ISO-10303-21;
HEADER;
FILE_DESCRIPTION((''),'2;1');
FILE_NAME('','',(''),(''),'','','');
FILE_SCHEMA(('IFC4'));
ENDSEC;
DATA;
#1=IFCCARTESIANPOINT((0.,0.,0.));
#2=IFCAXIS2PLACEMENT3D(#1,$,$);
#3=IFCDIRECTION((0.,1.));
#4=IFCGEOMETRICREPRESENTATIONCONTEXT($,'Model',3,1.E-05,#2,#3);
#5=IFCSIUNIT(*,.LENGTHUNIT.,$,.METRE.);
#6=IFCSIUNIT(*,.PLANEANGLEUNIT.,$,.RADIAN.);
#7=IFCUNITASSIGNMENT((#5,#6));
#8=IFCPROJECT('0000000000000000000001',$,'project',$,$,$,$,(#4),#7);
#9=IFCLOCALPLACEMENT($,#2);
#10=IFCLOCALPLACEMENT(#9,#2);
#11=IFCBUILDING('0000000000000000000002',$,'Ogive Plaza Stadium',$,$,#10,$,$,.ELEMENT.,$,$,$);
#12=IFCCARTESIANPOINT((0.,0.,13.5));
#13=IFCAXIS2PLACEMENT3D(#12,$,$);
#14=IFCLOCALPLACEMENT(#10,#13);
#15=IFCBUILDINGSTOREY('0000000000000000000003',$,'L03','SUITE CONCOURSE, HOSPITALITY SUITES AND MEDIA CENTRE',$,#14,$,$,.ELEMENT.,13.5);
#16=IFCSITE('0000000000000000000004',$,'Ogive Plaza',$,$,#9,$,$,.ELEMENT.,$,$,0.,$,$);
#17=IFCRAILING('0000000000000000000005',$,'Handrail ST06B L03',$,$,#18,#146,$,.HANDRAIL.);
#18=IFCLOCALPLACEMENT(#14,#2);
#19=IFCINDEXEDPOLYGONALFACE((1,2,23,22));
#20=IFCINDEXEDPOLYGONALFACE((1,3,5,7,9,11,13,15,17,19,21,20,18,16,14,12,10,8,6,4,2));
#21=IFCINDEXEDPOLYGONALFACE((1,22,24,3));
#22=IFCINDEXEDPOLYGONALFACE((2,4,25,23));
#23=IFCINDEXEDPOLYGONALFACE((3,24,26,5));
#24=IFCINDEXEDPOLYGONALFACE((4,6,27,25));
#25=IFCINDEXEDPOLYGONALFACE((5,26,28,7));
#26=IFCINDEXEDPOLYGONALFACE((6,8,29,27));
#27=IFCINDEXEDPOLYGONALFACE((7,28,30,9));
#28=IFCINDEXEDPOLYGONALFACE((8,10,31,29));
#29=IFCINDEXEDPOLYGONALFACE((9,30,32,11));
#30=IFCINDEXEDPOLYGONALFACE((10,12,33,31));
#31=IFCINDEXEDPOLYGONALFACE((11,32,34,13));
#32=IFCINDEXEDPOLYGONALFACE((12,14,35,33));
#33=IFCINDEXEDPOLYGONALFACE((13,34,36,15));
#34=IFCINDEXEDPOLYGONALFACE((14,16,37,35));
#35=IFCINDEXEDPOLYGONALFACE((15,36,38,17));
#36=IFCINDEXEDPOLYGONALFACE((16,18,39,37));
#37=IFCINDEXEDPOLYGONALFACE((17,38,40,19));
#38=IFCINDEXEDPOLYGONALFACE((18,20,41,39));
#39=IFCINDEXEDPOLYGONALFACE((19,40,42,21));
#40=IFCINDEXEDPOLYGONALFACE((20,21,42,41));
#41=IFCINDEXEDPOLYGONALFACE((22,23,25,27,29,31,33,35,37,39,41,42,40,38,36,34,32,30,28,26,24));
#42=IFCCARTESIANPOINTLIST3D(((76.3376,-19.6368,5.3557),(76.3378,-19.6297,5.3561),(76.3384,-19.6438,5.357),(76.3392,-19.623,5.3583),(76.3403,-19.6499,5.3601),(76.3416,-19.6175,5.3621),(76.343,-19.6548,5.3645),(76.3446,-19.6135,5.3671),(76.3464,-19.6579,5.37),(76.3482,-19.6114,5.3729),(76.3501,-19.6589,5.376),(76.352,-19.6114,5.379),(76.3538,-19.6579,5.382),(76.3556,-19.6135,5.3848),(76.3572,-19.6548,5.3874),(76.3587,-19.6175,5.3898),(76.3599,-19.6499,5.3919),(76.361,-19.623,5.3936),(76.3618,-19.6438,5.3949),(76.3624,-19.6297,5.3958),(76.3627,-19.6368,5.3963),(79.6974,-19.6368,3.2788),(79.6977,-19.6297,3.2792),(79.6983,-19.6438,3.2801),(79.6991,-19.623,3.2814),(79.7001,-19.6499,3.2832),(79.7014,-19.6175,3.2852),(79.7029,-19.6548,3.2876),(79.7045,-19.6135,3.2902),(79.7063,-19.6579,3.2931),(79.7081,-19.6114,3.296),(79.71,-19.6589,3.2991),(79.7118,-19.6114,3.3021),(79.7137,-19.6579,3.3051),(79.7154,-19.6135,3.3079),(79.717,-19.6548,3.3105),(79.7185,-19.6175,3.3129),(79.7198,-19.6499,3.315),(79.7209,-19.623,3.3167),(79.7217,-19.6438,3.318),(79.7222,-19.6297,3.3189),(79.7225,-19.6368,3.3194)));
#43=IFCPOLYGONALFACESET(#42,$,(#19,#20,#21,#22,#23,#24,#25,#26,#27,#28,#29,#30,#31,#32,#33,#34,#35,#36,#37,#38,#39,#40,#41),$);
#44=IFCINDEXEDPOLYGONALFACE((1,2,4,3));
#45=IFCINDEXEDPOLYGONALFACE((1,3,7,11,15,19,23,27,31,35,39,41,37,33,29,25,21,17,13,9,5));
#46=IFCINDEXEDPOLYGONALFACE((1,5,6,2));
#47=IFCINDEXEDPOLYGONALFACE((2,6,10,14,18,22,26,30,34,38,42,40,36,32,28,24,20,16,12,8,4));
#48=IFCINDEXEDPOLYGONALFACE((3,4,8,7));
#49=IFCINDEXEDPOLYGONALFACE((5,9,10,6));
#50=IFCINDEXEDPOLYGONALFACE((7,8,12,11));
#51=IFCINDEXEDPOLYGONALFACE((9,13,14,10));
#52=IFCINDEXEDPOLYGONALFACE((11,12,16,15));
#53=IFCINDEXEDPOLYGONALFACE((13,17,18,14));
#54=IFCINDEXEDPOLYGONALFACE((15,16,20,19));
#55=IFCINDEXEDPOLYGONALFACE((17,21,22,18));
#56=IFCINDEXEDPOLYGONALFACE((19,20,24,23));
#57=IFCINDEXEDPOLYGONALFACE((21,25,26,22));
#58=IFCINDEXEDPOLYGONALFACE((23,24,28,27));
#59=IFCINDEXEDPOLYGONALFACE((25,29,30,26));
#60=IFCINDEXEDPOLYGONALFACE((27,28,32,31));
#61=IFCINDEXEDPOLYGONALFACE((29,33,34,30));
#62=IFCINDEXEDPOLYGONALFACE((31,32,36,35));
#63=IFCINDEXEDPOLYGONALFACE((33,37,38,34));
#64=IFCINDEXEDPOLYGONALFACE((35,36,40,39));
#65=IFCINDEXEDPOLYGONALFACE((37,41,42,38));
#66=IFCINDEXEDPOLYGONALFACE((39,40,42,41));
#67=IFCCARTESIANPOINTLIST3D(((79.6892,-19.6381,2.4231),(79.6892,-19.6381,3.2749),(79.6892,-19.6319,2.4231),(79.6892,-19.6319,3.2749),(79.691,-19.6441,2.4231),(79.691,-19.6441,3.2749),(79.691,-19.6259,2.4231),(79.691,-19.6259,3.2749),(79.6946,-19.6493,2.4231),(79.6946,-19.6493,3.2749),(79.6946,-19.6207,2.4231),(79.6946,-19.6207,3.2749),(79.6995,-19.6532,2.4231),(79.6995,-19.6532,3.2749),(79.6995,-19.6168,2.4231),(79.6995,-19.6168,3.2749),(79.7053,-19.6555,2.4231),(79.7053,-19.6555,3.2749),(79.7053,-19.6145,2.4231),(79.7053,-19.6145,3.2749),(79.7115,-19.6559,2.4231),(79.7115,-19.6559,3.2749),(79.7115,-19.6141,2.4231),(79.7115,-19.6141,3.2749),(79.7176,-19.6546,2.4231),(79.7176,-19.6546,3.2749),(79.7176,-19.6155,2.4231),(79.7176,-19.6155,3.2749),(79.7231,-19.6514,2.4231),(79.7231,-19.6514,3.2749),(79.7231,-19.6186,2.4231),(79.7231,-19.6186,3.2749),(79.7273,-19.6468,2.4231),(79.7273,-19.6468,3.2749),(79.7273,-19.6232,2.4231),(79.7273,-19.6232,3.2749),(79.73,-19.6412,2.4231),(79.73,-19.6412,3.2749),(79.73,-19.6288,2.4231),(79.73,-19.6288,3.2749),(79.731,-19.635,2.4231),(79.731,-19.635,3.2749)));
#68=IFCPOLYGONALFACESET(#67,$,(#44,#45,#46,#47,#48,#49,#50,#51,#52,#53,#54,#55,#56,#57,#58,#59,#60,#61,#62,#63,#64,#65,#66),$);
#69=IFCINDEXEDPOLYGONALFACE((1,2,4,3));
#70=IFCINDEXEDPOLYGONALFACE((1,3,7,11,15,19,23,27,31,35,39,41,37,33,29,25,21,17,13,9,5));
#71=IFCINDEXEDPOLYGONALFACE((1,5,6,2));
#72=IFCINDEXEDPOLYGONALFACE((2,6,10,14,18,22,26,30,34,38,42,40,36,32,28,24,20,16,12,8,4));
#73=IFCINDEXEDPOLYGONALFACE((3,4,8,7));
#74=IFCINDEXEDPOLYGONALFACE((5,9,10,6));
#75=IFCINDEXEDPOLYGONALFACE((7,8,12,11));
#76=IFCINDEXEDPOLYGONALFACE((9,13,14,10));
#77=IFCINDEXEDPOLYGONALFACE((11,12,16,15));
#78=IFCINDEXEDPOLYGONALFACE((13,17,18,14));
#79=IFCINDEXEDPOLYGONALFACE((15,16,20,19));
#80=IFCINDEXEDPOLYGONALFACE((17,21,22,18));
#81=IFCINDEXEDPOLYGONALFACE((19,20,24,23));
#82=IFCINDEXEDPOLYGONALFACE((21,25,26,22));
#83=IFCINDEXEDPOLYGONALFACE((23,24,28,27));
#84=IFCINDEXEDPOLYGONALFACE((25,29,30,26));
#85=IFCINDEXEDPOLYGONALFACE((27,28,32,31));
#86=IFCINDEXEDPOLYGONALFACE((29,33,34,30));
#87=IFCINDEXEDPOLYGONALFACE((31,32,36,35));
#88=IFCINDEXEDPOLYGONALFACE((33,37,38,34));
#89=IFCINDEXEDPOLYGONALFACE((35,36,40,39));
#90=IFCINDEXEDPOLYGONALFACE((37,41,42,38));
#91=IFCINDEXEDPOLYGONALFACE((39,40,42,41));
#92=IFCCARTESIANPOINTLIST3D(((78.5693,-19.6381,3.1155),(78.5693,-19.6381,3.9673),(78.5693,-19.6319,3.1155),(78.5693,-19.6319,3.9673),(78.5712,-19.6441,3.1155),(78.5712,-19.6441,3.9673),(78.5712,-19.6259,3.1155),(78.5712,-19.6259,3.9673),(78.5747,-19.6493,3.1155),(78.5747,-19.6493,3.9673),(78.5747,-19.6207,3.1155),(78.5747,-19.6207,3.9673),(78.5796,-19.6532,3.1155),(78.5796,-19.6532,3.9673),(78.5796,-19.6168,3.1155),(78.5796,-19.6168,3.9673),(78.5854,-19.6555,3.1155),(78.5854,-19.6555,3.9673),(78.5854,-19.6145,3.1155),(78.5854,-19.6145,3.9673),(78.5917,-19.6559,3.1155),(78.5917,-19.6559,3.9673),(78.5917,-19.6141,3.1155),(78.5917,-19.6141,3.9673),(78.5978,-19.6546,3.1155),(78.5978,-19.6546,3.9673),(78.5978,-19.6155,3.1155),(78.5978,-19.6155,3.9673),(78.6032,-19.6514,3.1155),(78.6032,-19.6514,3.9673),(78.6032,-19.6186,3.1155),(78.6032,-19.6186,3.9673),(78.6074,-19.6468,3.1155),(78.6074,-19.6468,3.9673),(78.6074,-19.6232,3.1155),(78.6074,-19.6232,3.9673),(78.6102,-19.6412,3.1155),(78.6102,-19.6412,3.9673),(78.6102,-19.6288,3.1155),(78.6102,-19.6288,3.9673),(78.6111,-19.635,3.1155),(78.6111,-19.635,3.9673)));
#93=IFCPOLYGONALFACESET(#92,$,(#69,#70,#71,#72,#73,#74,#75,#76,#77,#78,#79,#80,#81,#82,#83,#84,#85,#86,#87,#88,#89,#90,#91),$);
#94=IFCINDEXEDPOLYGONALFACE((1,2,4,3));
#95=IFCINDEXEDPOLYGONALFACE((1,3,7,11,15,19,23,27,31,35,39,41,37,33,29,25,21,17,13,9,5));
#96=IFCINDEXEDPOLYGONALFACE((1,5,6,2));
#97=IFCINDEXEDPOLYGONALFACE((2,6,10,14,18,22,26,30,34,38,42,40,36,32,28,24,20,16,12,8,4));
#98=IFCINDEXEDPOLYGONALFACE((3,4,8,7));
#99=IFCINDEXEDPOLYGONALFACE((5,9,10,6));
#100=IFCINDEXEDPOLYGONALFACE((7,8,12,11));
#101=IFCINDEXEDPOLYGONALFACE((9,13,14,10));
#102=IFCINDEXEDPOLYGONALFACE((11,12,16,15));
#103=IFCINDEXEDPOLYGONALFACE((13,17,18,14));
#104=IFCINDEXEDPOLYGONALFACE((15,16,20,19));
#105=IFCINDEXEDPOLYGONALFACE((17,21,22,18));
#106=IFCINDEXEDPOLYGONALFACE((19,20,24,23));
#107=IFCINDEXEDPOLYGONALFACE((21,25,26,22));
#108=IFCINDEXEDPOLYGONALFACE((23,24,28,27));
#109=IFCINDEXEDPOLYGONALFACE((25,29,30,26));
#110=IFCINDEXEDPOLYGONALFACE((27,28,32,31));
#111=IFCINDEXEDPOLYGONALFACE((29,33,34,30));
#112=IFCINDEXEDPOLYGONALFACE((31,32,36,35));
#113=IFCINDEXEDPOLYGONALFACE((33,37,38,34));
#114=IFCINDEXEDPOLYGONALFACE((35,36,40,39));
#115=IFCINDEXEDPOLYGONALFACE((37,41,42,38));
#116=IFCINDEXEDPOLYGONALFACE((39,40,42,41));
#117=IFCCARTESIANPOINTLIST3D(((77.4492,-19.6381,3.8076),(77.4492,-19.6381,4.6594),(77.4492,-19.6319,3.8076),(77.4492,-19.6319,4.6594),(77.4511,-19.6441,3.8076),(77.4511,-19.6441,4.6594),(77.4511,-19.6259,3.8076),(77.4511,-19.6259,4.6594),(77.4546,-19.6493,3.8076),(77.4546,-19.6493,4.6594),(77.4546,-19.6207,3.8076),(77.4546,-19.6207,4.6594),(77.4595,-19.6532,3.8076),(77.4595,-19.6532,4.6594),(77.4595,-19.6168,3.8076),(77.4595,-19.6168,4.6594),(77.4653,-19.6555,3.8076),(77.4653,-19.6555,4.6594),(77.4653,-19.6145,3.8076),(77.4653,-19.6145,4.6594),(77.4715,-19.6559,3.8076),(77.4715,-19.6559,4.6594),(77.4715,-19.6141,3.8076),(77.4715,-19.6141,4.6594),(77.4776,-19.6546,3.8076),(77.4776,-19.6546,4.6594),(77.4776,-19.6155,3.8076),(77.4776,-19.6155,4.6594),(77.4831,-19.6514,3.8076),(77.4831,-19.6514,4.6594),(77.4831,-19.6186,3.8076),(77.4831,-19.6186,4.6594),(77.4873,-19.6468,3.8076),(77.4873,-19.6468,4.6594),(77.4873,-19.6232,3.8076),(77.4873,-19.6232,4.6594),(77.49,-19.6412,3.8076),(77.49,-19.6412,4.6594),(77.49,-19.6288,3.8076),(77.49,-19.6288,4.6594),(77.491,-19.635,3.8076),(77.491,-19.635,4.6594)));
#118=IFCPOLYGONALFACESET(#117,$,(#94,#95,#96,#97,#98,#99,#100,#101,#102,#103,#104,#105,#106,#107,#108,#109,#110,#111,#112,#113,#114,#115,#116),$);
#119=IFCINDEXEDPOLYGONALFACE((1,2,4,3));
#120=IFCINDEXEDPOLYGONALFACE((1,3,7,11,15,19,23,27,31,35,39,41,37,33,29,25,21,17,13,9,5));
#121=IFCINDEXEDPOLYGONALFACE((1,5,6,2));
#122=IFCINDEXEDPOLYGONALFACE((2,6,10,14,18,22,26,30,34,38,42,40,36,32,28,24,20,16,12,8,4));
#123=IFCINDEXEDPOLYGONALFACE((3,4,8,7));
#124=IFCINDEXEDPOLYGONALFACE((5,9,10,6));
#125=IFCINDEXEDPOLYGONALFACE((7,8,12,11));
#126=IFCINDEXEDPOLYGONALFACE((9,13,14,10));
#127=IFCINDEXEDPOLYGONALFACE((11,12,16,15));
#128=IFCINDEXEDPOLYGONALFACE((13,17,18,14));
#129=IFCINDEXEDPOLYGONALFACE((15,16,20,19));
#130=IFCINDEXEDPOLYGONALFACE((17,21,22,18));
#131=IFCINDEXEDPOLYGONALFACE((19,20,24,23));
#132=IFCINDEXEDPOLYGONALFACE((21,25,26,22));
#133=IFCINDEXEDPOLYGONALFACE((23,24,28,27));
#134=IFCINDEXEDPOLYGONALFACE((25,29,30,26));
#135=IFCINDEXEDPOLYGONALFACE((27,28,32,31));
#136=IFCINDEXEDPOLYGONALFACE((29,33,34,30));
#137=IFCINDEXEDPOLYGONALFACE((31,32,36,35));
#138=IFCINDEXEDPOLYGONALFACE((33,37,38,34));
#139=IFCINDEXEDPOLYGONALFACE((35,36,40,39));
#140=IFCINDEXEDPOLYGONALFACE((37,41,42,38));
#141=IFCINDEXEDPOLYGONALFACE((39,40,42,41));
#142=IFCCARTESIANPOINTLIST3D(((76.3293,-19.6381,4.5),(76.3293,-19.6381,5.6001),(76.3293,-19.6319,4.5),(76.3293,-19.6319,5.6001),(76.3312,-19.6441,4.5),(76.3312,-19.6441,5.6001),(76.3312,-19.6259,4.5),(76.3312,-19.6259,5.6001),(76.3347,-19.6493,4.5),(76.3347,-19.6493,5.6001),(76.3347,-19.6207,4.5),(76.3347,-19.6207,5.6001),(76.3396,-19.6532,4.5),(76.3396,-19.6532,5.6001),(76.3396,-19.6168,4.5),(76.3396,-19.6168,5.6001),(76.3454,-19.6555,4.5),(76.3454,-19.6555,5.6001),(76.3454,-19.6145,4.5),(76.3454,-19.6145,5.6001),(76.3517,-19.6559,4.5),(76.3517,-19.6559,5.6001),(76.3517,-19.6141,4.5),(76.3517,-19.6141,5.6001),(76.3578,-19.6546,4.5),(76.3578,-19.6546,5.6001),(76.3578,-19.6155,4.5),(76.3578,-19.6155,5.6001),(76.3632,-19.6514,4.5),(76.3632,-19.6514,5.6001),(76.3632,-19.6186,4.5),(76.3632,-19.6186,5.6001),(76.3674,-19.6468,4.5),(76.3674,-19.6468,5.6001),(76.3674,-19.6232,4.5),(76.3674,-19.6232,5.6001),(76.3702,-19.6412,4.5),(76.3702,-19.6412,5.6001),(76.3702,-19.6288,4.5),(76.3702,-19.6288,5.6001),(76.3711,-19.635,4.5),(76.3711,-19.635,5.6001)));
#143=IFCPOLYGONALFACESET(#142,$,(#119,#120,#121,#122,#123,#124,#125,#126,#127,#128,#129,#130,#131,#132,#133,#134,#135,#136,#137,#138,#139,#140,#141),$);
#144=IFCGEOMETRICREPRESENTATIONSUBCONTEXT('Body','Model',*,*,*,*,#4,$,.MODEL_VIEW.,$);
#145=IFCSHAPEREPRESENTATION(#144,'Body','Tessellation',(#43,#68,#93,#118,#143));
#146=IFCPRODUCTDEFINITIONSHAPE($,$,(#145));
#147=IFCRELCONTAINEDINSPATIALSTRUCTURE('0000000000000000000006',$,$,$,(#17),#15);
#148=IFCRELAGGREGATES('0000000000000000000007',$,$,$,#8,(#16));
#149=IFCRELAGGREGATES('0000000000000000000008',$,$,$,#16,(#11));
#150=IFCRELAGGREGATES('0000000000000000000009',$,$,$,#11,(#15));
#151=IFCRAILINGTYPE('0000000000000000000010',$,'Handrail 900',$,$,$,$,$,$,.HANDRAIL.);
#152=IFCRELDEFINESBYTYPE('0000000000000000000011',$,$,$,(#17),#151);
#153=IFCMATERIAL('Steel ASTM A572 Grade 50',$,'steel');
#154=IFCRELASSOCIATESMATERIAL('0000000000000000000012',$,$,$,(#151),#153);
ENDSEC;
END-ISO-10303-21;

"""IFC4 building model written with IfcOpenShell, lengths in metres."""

from ifc_helpers import new_model, si_unit, direction, frame, origin, origin_2d, place, context, subcontext, project, spatial, circle, extrude, material, type_object, element, save


model = new_model("IFC4")

# Units and contexts
model_context = context("Model", 3, precision=1e-05, world=origin(), true_north=direction((0.0, 1.0)))
body_context = subcontext(model_context, "Body", "Model", "MODEL_VIEW")
ifc_project = project(units=[si_unit("LENGTHUNIT", "METRE"), si_unit("PLANEANGLEUNIT", "RADIAN")], contexts=[model_context])

# Site, building, storey
site_placement = place(None, origin())
site = spatial("IfcSite", under=ifc_project, at=site_placement, Name="Ogive Plaza", CompositionType="ELEMENT", RefElevation=0.0)
building_placement = place(site_placement, origin())
building = spatial("IfcBuilding", under=site, at=building_placement, Name="Ogive Plaza Stadium", CompositionType="ELEMENT")
storey_placement = place(building_placement, frame((0.0, 0.0, 13.5)))
storey = spatial("IfcBuildingStorey", under=building, at=storey_placement, Name="L03", Description="SUITE CONCOURSE, HOSPITALITY SUITES AND MEDIA CENTRE", CompositionType="ELEMENT", Elevation=13.5)

# Railing
ifc_material_1 = material(Name="Steel ASTM A572 Grade 50", Category="steel")
railing_type_1 = type_object("IfcRailingType", Name="Handrail 900", PredefinedType="HANDRAIL", material=ifc_material_1)
for number, where, name in (
    (1, (79.71, -19.635, 2.4231), "Handrail ST06B L03"),
):
    element("IfcRailing", number, at=place(storey_placement, frame(where)), inside=storey, type_object=railing_type_1, Name=name, PredefinedType="HANDRAIL", context=body_context, shape_type="SweptSolid", body=[
        extrude(circle(Radius=0.0239, at=origin_2d()), frame((0.0, 0.0, 0.876), z_axis=(-0.850606, 0.0, 0.525803), x_axis=(0.0, -1.0, 0.0)), (0.0, 0.0, 1.0), 3.95),
        extrude(circle(Radius=0.021, at=origin_2d()), origin(), (0.0, 0.0, 1.0), 0.8518),
        extrude(circle(Radius=0.021, at=origin_2d()), frame((-1.1199, 0.0, 0.6924)), (0.0, 0.0, 1.0), 0.8518),
        extrude(circle(Radius=0.021, at=origin_2d()), frame((-2.24, 0.0, 1.3845)), (0.0, 0.0, 1.0), 0.8518),
        extrude(circle(Radius=0.021, at=origin_2d()), frame((-3.3599, 0.0, 2.0769)), (0.0, 0.0, 1.0), 1.1001),
    ])

save(model, "model.ifc")
